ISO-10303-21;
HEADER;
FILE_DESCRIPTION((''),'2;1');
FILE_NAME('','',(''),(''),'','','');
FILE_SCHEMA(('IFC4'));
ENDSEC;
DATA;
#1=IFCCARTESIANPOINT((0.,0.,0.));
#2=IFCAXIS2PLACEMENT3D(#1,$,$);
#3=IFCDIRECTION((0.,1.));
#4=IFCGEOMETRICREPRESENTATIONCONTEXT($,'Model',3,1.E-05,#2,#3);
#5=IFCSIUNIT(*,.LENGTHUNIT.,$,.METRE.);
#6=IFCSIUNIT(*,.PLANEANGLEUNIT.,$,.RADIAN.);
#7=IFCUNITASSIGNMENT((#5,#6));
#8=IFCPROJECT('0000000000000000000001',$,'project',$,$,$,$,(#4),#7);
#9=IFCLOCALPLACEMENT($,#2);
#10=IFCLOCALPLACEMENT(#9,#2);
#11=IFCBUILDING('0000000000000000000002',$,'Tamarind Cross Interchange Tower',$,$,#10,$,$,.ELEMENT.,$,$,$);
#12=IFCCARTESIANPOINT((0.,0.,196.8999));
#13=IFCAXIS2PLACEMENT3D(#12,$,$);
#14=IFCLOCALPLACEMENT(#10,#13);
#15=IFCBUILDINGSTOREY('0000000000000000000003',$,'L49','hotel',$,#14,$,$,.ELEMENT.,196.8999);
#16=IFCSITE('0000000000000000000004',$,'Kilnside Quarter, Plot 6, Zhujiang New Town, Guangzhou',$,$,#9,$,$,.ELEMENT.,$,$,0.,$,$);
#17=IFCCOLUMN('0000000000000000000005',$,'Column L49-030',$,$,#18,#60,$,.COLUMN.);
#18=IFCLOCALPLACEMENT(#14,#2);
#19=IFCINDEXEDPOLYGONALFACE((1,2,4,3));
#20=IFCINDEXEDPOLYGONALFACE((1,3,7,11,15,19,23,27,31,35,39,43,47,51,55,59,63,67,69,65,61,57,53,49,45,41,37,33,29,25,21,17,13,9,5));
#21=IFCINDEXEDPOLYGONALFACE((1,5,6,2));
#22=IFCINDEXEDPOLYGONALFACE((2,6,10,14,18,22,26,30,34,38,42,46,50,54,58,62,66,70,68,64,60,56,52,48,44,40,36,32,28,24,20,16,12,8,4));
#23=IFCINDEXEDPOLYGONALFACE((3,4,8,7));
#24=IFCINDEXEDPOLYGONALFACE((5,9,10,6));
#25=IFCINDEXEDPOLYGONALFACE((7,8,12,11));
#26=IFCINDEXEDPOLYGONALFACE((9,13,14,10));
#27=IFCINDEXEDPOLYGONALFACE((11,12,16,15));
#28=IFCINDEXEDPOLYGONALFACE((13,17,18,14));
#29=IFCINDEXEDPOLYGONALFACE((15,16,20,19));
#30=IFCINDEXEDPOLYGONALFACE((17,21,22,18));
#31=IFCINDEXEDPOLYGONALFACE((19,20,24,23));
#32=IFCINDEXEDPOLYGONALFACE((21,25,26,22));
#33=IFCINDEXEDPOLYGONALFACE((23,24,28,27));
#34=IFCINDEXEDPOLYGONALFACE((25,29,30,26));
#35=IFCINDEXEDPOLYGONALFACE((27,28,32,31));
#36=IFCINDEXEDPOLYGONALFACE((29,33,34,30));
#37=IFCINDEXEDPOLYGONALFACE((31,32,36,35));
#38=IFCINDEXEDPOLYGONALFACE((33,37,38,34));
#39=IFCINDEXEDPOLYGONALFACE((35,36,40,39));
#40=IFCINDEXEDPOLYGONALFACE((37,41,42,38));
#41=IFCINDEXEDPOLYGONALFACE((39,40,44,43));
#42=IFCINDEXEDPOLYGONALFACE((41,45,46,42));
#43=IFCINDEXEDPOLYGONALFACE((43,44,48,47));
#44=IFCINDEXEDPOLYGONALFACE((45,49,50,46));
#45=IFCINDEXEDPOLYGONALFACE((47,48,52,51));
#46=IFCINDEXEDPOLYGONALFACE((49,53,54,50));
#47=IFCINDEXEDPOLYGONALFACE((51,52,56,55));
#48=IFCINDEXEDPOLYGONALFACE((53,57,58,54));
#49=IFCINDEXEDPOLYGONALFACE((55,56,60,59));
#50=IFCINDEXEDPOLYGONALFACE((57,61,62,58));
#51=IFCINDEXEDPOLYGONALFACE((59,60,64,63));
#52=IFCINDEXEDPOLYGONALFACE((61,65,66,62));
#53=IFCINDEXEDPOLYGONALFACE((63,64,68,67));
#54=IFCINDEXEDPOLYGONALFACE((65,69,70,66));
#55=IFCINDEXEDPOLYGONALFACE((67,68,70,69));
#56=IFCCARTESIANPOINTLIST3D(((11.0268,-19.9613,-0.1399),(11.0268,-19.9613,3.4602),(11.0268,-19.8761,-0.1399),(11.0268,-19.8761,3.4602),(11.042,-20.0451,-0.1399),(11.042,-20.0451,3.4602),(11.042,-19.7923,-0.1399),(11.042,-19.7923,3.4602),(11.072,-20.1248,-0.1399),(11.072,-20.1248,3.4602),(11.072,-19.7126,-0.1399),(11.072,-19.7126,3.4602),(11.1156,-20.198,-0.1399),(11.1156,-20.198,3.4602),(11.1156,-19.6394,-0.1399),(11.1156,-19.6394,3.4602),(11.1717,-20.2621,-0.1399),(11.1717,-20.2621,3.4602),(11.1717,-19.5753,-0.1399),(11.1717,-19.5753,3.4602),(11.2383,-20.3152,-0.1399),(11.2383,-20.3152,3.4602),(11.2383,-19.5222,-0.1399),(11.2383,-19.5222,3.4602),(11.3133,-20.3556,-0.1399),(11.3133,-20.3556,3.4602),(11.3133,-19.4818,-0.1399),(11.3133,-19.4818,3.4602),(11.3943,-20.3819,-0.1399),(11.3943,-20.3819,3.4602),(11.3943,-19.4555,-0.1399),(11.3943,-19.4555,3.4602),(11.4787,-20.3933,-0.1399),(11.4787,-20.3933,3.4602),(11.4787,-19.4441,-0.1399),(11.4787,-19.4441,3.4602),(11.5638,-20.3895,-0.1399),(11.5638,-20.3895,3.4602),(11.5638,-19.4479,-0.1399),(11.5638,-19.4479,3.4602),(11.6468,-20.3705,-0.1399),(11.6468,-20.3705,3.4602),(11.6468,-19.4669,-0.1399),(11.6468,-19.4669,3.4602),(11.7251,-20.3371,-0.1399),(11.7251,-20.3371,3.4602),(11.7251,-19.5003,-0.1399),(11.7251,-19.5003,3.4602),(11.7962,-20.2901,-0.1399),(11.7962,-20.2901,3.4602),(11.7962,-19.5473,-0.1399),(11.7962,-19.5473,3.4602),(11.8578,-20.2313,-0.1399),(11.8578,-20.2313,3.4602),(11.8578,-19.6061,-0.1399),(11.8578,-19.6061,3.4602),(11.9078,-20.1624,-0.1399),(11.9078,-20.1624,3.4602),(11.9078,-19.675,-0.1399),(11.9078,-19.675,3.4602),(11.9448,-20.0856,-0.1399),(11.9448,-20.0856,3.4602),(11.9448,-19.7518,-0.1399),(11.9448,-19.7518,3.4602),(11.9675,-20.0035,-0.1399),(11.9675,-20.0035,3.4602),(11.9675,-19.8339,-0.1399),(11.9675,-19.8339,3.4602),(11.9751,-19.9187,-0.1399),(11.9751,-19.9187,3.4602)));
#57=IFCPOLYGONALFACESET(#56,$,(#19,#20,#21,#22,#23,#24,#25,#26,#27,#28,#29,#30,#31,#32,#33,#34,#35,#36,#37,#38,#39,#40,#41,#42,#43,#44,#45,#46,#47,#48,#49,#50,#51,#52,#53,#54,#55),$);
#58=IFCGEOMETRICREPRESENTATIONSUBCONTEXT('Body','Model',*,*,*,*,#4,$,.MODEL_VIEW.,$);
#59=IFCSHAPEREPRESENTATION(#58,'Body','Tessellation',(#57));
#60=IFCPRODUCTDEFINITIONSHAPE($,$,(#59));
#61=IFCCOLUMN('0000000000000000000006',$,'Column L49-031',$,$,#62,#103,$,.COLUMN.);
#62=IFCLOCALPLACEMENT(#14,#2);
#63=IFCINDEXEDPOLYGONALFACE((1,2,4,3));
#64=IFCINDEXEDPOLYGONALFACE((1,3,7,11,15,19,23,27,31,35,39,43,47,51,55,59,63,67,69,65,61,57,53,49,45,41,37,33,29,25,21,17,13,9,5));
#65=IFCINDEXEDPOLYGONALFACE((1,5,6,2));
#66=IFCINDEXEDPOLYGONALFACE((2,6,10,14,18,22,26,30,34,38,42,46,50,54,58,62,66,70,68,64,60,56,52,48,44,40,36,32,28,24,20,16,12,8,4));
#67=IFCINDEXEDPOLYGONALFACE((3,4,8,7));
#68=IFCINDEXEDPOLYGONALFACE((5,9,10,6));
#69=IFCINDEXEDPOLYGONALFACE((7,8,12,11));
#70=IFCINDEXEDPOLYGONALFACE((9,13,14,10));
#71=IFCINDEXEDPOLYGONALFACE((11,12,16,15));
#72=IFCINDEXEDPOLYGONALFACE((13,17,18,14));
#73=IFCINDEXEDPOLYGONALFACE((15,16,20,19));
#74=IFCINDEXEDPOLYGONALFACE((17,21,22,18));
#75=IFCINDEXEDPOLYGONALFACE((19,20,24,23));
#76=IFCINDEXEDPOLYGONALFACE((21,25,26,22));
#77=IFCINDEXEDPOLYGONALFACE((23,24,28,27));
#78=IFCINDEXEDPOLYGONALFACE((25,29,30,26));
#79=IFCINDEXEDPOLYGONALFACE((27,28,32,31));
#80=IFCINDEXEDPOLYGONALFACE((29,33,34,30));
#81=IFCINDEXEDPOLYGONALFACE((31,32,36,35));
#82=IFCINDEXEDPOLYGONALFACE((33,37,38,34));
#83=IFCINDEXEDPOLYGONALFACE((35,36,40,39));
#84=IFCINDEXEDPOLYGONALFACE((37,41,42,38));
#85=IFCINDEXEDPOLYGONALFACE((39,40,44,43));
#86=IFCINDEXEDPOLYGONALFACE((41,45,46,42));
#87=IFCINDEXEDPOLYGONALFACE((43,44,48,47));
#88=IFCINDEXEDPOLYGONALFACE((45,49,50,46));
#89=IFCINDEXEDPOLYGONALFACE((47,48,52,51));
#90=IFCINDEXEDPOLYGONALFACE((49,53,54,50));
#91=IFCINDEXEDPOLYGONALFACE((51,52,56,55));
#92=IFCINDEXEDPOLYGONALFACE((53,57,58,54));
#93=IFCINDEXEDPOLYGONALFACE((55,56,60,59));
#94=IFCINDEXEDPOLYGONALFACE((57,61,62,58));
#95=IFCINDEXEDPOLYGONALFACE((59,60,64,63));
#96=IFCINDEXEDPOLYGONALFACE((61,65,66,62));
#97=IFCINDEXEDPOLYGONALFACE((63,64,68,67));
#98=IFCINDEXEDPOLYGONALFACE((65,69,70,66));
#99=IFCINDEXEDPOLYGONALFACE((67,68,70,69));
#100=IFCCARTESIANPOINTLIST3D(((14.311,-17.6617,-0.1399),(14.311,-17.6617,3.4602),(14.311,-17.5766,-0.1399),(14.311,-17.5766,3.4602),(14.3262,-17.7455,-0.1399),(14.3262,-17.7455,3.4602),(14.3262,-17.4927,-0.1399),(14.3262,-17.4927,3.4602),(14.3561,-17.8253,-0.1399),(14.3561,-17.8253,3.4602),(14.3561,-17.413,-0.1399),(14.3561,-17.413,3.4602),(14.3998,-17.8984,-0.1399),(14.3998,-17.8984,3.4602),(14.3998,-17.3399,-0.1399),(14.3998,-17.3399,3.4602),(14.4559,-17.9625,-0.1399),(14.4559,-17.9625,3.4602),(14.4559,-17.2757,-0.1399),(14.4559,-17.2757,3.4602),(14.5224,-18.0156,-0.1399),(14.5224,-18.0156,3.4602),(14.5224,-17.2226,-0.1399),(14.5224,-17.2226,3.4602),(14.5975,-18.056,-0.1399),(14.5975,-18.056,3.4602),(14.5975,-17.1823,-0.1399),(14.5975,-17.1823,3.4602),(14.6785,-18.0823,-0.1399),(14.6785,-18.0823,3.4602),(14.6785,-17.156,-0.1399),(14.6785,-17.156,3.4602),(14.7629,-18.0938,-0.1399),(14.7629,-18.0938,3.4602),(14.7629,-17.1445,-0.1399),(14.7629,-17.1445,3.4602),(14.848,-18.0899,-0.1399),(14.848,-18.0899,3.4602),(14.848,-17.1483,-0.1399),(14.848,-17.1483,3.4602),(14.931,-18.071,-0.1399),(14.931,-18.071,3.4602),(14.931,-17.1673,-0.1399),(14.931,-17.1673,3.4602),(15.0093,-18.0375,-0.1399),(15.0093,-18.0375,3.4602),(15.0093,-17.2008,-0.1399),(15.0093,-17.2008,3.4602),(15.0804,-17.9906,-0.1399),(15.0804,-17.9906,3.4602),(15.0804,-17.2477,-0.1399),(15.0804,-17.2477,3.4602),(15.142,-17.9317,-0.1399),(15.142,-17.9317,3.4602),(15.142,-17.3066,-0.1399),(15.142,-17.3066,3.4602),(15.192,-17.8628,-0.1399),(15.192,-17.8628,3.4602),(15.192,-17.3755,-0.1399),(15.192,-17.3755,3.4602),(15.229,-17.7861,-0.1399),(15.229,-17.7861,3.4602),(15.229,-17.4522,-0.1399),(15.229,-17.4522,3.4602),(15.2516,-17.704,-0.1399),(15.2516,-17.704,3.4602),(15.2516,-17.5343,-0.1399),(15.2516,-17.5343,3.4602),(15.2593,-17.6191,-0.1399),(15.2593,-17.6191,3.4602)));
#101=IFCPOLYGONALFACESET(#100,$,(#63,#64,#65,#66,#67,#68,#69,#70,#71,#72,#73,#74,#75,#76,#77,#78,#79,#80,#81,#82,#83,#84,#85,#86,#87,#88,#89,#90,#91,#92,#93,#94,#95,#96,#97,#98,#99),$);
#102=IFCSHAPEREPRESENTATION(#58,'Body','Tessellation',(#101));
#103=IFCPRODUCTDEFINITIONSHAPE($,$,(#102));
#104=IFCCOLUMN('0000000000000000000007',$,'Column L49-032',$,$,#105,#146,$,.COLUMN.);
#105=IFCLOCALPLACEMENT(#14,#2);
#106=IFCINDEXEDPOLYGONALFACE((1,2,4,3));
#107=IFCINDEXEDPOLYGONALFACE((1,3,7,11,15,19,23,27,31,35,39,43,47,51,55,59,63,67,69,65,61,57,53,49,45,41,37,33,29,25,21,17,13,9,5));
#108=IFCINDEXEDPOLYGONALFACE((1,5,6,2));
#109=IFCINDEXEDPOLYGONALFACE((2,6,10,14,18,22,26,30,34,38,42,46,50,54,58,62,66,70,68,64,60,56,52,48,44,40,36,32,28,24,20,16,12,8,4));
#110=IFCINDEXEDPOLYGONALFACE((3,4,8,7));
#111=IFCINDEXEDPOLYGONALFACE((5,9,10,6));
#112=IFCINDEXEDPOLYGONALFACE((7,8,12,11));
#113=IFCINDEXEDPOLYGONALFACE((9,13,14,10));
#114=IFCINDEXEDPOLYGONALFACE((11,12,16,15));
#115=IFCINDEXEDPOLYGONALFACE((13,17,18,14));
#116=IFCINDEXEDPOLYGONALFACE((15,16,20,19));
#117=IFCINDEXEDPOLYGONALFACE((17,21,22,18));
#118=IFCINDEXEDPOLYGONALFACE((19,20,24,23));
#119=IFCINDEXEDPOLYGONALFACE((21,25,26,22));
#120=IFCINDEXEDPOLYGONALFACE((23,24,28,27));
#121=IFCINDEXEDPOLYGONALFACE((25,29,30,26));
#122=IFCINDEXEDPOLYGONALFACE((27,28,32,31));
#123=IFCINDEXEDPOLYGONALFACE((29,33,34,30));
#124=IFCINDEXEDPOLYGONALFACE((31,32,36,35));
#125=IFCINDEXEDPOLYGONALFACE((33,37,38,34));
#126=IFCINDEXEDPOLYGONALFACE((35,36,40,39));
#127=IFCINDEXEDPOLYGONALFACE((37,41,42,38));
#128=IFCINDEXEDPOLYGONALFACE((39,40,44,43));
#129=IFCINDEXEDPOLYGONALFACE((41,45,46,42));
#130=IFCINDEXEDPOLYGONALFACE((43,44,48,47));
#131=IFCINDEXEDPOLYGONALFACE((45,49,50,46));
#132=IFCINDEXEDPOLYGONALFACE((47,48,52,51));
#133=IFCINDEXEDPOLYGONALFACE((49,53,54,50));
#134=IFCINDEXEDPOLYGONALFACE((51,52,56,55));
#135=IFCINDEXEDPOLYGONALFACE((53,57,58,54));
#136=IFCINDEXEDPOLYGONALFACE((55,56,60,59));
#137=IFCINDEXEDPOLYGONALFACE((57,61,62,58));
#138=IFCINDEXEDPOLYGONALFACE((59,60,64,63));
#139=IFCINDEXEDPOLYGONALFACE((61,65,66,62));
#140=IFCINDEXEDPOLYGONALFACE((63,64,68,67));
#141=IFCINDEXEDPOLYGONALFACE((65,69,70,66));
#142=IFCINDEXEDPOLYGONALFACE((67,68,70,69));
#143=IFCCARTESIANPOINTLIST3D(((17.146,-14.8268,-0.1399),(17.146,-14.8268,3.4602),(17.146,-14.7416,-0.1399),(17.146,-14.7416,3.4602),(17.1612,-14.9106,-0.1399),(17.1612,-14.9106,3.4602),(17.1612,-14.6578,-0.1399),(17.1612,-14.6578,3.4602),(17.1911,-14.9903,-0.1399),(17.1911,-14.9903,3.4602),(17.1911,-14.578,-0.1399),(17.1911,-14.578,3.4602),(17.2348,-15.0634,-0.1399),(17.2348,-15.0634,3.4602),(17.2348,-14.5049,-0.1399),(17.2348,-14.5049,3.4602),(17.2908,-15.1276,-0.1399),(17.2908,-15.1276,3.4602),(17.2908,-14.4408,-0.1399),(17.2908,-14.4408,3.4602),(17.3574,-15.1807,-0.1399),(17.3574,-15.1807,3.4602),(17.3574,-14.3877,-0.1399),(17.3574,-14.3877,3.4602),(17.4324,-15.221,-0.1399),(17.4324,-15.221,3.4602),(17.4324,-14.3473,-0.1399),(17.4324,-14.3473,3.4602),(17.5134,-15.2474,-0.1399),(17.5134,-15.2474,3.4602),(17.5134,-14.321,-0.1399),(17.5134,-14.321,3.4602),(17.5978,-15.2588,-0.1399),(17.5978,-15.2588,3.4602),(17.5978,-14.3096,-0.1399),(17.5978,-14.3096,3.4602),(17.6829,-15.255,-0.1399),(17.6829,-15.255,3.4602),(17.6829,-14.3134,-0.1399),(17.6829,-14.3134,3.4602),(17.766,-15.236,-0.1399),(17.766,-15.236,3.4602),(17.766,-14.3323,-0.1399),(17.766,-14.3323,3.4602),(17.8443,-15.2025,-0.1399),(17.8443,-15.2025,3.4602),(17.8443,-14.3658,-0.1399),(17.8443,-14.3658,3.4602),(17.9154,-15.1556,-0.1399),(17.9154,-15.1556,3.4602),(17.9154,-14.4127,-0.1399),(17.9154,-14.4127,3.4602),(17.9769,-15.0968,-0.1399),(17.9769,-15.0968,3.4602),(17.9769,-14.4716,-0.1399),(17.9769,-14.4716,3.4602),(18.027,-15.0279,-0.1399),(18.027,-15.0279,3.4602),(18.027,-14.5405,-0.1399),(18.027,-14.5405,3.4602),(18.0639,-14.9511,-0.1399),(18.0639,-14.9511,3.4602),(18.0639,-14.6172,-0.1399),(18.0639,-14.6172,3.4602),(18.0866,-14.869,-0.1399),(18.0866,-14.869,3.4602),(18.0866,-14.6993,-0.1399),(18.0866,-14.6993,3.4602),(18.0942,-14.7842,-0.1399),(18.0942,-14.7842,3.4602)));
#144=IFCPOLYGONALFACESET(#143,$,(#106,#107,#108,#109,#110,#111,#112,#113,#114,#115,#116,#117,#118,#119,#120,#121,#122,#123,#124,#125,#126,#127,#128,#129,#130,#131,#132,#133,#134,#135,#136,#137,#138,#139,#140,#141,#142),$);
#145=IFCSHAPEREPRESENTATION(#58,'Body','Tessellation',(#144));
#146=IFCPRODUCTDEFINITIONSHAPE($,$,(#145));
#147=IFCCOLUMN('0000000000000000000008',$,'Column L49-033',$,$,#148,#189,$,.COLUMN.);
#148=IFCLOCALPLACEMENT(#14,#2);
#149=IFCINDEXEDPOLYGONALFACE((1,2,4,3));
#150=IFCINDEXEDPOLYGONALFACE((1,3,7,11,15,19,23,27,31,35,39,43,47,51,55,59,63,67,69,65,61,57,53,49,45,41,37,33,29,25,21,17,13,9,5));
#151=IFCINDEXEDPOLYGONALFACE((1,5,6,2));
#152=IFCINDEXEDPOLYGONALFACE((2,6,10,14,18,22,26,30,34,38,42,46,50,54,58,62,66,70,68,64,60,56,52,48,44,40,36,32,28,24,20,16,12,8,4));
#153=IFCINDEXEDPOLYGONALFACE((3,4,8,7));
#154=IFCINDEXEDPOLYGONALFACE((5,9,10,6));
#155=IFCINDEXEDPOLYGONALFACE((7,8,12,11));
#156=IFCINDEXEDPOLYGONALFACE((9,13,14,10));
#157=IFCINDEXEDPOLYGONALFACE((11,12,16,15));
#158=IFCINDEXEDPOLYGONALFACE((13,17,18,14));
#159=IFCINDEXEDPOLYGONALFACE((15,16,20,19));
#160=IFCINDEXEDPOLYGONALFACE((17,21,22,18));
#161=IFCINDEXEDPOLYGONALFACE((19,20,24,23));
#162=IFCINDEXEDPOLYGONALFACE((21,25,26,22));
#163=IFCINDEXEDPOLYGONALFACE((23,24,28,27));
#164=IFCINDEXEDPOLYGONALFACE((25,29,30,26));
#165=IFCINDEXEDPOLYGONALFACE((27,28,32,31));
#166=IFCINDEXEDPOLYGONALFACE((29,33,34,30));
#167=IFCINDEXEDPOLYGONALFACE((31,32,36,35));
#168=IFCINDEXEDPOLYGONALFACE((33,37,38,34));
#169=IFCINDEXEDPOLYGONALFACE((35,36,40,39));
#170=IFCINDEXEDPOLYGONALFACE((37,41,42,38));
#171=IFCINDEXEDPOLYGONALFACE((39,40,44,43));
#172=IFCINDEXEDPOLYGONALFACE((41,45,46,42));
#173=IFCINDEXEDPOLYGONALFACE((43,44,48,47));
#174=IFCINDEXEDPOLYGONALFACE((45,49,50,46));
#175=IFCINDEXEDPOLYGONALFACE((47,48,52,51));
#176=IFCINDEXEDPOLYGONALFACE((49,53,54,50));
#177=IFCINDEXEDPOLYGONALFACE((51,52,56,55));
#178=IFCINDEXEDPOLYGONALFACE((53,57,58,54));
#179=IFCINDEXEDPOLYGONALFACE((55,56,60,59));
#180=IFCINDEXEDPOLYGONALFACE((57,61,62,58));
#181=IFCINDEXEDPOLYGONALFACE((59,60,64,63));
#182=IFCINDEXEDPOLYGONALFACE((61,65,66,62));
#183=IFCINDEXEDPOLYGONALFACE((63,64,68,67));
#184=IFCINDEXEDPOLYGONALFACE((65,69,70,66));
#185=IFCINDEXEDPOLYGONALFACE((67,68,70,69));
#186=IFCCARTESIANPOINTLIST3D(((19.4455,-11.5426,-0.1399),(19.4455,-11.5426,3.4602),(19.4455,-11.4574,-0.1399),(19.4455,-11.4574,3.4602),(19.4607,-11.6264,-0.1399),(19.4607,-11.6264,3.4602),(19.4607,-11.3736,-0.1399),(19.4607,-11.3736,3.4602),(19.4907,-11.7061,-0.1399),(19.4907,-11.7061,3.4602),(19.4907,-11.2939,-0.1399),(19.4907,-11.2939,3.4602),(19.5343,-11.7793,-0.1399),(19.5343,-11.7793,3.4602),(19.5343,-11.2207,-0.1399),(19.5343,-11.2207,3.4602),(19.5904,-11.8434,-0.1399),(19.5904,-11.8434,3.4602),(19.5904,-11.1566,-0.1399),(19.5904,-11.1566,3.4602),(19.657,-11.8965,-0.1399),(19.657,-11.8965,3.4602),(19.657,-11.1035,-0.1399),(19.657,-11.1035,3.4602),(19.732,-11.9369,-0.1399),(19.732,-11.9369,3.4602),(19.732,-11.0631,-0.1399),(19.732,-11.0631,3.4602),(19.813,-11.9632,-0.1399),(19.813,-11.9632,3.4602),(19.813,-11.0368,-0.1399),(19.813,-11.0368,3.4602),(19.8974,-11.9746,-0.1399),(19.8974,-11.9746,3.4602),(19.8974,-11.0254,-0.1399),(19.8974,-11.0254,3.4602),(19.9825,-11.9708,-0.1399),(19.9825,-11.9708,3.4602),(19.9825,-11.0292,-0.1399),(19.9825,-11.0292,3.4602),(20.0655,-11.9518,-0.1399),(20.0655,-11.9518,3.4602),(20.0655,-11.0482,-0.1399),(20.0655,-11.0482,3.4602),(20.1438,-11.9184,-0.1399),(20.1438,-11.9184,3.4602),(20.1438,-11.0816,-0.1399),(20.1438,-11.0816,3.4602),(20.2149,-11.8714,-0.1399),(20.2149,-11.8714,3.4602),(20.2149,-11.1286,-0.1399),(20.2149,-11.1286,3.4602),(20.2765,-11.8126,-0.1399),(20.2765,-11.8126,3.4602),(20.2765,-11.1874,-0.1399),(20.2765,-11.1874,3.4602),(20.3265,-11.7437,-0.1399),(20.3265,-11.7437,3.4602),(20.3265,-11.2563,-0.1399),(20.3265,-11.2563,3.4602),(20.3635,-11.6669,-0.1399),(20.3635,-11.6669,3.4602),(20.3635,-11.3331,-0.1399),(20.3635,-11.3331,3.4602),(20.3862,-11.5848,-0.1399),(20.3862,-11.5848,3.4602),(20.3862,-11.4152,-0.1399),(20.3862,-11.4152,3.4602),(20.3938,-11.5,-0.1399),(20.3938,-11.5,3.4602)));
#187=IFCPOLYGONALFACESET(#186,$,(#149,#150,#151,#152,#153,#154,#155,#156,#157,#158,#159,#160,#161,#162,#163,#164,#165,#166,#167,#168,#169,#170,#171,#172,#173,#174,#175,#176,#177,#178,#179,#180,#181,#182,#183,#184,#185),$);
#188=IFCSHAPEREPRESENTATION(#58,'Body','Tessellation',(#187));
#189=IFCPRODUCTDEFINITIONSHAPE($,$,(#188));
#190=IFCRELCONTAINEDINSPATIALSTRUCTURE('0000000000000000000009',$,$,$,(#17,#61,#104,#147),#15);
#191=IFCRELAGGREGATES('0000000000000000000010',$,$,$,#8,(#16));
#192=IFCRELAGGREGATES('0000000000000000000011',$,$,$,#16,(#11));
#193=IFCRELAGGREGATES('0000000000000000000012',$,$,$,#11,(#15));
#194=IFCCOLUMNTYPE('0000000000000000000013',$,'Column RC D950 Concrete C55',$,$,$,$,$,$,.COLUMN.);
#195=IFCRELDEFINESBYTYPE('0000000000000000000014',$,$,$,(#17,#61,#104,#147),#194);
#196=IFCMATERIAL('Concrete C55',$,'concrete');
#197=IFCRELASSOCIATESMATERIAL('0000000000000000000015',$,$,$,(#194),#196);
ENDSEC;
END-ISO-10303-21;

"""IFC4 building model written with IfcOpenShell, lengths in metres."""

from ifc_helpers import new_model, si_unit, direction, frame, origin, origin_2d, place, context, subcontext, project, spatial, circle, extrude, material, material_profile, profile_set, type_object, element, save


model = new_model("IFC4")

# Units and contexts
model_context = context("Model", 3, precision=1e-05, world=origin(), true_north=direction((0.0, 1.0)))
body_context = subcontext(model_context, "Body", "Model", "MODEL_VIEW")
ifc_project = project(units=[si_unit("LENGTHUNIT", "METRE"), si_unit("PLANEANGLEUNIT", "RADIAN")], contexts=[model_context])

# Site, building, storey
site_placement = place(None, origin())
site = spatial("IfcSite", under=ifc_project, at=site_placement, Name="Kilnside Quarter, Plot 6, Zhujiang New Town, Guangzhou", CompositionType="ELEMENT", RefElevation=0.0)
building_placement = place(site_placement, origin())
building = spatial("IfcBuilding", under=site, at=building_placement, Name="Tamarind Cross Interchange Tower", CompositionType="ELEMENT")
storey_placement = place(building_placement, frame((0.0, 0.0, 196.8999)))
storey = spatial("IfcBuildingStorey", under=building, at=storey_placement, Name="L49", Description="hotel", CompositionType="ELEMENT", Elevation=196.8999)

# Columns
ifc_material_1 = material(Name="Concrete C55", Category="concrete")
ifc_material_profile_1 = material_profile(ifc_material_1, circle(Radius=0.4751, at=origin_2d()), Name="RC D950")
ifc_profile_set_1 = profile_set([ifc_material_profile_1], Name="Concrete C55")
column_type = type_object("IfcColumnType", Name="Column RC D950 Concrete C55", PredefinedType="COLUMN", material=ifc_profile_set_1)
for number, where, z_axis, x_axis, name in (
    (1, (11.5, -19.9187, -0.1399), (0.0, 0.0, 1.0), (1.0, 0.0, 0.0), "Column L49-030"),
    (2, (14.7842, -17.6191, -0.1399), (0.0, 0.0, 1.0), (1.0, 0.0, 0.0), "Column L49-031"),
    (3, (17.6191, -14.7842, -0.1399), (0.0, 0.0, 1.0), (1.0, 0.0, 0.0), "Column L49-032"),
    (4, (19.9187, -11.5, -0.1399), (0.0, 0.0, 1.0), (1.0, 0.0, 0.0), "Column L49-033"),
):
    element("IfcColumn", number, at=place(storey_placement, frame(where, z_axis=z_axis, x_axis=x_axis)), inside=storey, type_object=column_type, Name=name, PredefinedType="COLUMN", context=body_context, shape_type="SweptSolid", body=[
        extrude(circle(Radius=0.4751, at=origin_2d()), origin(), (0.0, 0.0, 1.0), 3.6001),
    ])

save(model, "model.ifc")
